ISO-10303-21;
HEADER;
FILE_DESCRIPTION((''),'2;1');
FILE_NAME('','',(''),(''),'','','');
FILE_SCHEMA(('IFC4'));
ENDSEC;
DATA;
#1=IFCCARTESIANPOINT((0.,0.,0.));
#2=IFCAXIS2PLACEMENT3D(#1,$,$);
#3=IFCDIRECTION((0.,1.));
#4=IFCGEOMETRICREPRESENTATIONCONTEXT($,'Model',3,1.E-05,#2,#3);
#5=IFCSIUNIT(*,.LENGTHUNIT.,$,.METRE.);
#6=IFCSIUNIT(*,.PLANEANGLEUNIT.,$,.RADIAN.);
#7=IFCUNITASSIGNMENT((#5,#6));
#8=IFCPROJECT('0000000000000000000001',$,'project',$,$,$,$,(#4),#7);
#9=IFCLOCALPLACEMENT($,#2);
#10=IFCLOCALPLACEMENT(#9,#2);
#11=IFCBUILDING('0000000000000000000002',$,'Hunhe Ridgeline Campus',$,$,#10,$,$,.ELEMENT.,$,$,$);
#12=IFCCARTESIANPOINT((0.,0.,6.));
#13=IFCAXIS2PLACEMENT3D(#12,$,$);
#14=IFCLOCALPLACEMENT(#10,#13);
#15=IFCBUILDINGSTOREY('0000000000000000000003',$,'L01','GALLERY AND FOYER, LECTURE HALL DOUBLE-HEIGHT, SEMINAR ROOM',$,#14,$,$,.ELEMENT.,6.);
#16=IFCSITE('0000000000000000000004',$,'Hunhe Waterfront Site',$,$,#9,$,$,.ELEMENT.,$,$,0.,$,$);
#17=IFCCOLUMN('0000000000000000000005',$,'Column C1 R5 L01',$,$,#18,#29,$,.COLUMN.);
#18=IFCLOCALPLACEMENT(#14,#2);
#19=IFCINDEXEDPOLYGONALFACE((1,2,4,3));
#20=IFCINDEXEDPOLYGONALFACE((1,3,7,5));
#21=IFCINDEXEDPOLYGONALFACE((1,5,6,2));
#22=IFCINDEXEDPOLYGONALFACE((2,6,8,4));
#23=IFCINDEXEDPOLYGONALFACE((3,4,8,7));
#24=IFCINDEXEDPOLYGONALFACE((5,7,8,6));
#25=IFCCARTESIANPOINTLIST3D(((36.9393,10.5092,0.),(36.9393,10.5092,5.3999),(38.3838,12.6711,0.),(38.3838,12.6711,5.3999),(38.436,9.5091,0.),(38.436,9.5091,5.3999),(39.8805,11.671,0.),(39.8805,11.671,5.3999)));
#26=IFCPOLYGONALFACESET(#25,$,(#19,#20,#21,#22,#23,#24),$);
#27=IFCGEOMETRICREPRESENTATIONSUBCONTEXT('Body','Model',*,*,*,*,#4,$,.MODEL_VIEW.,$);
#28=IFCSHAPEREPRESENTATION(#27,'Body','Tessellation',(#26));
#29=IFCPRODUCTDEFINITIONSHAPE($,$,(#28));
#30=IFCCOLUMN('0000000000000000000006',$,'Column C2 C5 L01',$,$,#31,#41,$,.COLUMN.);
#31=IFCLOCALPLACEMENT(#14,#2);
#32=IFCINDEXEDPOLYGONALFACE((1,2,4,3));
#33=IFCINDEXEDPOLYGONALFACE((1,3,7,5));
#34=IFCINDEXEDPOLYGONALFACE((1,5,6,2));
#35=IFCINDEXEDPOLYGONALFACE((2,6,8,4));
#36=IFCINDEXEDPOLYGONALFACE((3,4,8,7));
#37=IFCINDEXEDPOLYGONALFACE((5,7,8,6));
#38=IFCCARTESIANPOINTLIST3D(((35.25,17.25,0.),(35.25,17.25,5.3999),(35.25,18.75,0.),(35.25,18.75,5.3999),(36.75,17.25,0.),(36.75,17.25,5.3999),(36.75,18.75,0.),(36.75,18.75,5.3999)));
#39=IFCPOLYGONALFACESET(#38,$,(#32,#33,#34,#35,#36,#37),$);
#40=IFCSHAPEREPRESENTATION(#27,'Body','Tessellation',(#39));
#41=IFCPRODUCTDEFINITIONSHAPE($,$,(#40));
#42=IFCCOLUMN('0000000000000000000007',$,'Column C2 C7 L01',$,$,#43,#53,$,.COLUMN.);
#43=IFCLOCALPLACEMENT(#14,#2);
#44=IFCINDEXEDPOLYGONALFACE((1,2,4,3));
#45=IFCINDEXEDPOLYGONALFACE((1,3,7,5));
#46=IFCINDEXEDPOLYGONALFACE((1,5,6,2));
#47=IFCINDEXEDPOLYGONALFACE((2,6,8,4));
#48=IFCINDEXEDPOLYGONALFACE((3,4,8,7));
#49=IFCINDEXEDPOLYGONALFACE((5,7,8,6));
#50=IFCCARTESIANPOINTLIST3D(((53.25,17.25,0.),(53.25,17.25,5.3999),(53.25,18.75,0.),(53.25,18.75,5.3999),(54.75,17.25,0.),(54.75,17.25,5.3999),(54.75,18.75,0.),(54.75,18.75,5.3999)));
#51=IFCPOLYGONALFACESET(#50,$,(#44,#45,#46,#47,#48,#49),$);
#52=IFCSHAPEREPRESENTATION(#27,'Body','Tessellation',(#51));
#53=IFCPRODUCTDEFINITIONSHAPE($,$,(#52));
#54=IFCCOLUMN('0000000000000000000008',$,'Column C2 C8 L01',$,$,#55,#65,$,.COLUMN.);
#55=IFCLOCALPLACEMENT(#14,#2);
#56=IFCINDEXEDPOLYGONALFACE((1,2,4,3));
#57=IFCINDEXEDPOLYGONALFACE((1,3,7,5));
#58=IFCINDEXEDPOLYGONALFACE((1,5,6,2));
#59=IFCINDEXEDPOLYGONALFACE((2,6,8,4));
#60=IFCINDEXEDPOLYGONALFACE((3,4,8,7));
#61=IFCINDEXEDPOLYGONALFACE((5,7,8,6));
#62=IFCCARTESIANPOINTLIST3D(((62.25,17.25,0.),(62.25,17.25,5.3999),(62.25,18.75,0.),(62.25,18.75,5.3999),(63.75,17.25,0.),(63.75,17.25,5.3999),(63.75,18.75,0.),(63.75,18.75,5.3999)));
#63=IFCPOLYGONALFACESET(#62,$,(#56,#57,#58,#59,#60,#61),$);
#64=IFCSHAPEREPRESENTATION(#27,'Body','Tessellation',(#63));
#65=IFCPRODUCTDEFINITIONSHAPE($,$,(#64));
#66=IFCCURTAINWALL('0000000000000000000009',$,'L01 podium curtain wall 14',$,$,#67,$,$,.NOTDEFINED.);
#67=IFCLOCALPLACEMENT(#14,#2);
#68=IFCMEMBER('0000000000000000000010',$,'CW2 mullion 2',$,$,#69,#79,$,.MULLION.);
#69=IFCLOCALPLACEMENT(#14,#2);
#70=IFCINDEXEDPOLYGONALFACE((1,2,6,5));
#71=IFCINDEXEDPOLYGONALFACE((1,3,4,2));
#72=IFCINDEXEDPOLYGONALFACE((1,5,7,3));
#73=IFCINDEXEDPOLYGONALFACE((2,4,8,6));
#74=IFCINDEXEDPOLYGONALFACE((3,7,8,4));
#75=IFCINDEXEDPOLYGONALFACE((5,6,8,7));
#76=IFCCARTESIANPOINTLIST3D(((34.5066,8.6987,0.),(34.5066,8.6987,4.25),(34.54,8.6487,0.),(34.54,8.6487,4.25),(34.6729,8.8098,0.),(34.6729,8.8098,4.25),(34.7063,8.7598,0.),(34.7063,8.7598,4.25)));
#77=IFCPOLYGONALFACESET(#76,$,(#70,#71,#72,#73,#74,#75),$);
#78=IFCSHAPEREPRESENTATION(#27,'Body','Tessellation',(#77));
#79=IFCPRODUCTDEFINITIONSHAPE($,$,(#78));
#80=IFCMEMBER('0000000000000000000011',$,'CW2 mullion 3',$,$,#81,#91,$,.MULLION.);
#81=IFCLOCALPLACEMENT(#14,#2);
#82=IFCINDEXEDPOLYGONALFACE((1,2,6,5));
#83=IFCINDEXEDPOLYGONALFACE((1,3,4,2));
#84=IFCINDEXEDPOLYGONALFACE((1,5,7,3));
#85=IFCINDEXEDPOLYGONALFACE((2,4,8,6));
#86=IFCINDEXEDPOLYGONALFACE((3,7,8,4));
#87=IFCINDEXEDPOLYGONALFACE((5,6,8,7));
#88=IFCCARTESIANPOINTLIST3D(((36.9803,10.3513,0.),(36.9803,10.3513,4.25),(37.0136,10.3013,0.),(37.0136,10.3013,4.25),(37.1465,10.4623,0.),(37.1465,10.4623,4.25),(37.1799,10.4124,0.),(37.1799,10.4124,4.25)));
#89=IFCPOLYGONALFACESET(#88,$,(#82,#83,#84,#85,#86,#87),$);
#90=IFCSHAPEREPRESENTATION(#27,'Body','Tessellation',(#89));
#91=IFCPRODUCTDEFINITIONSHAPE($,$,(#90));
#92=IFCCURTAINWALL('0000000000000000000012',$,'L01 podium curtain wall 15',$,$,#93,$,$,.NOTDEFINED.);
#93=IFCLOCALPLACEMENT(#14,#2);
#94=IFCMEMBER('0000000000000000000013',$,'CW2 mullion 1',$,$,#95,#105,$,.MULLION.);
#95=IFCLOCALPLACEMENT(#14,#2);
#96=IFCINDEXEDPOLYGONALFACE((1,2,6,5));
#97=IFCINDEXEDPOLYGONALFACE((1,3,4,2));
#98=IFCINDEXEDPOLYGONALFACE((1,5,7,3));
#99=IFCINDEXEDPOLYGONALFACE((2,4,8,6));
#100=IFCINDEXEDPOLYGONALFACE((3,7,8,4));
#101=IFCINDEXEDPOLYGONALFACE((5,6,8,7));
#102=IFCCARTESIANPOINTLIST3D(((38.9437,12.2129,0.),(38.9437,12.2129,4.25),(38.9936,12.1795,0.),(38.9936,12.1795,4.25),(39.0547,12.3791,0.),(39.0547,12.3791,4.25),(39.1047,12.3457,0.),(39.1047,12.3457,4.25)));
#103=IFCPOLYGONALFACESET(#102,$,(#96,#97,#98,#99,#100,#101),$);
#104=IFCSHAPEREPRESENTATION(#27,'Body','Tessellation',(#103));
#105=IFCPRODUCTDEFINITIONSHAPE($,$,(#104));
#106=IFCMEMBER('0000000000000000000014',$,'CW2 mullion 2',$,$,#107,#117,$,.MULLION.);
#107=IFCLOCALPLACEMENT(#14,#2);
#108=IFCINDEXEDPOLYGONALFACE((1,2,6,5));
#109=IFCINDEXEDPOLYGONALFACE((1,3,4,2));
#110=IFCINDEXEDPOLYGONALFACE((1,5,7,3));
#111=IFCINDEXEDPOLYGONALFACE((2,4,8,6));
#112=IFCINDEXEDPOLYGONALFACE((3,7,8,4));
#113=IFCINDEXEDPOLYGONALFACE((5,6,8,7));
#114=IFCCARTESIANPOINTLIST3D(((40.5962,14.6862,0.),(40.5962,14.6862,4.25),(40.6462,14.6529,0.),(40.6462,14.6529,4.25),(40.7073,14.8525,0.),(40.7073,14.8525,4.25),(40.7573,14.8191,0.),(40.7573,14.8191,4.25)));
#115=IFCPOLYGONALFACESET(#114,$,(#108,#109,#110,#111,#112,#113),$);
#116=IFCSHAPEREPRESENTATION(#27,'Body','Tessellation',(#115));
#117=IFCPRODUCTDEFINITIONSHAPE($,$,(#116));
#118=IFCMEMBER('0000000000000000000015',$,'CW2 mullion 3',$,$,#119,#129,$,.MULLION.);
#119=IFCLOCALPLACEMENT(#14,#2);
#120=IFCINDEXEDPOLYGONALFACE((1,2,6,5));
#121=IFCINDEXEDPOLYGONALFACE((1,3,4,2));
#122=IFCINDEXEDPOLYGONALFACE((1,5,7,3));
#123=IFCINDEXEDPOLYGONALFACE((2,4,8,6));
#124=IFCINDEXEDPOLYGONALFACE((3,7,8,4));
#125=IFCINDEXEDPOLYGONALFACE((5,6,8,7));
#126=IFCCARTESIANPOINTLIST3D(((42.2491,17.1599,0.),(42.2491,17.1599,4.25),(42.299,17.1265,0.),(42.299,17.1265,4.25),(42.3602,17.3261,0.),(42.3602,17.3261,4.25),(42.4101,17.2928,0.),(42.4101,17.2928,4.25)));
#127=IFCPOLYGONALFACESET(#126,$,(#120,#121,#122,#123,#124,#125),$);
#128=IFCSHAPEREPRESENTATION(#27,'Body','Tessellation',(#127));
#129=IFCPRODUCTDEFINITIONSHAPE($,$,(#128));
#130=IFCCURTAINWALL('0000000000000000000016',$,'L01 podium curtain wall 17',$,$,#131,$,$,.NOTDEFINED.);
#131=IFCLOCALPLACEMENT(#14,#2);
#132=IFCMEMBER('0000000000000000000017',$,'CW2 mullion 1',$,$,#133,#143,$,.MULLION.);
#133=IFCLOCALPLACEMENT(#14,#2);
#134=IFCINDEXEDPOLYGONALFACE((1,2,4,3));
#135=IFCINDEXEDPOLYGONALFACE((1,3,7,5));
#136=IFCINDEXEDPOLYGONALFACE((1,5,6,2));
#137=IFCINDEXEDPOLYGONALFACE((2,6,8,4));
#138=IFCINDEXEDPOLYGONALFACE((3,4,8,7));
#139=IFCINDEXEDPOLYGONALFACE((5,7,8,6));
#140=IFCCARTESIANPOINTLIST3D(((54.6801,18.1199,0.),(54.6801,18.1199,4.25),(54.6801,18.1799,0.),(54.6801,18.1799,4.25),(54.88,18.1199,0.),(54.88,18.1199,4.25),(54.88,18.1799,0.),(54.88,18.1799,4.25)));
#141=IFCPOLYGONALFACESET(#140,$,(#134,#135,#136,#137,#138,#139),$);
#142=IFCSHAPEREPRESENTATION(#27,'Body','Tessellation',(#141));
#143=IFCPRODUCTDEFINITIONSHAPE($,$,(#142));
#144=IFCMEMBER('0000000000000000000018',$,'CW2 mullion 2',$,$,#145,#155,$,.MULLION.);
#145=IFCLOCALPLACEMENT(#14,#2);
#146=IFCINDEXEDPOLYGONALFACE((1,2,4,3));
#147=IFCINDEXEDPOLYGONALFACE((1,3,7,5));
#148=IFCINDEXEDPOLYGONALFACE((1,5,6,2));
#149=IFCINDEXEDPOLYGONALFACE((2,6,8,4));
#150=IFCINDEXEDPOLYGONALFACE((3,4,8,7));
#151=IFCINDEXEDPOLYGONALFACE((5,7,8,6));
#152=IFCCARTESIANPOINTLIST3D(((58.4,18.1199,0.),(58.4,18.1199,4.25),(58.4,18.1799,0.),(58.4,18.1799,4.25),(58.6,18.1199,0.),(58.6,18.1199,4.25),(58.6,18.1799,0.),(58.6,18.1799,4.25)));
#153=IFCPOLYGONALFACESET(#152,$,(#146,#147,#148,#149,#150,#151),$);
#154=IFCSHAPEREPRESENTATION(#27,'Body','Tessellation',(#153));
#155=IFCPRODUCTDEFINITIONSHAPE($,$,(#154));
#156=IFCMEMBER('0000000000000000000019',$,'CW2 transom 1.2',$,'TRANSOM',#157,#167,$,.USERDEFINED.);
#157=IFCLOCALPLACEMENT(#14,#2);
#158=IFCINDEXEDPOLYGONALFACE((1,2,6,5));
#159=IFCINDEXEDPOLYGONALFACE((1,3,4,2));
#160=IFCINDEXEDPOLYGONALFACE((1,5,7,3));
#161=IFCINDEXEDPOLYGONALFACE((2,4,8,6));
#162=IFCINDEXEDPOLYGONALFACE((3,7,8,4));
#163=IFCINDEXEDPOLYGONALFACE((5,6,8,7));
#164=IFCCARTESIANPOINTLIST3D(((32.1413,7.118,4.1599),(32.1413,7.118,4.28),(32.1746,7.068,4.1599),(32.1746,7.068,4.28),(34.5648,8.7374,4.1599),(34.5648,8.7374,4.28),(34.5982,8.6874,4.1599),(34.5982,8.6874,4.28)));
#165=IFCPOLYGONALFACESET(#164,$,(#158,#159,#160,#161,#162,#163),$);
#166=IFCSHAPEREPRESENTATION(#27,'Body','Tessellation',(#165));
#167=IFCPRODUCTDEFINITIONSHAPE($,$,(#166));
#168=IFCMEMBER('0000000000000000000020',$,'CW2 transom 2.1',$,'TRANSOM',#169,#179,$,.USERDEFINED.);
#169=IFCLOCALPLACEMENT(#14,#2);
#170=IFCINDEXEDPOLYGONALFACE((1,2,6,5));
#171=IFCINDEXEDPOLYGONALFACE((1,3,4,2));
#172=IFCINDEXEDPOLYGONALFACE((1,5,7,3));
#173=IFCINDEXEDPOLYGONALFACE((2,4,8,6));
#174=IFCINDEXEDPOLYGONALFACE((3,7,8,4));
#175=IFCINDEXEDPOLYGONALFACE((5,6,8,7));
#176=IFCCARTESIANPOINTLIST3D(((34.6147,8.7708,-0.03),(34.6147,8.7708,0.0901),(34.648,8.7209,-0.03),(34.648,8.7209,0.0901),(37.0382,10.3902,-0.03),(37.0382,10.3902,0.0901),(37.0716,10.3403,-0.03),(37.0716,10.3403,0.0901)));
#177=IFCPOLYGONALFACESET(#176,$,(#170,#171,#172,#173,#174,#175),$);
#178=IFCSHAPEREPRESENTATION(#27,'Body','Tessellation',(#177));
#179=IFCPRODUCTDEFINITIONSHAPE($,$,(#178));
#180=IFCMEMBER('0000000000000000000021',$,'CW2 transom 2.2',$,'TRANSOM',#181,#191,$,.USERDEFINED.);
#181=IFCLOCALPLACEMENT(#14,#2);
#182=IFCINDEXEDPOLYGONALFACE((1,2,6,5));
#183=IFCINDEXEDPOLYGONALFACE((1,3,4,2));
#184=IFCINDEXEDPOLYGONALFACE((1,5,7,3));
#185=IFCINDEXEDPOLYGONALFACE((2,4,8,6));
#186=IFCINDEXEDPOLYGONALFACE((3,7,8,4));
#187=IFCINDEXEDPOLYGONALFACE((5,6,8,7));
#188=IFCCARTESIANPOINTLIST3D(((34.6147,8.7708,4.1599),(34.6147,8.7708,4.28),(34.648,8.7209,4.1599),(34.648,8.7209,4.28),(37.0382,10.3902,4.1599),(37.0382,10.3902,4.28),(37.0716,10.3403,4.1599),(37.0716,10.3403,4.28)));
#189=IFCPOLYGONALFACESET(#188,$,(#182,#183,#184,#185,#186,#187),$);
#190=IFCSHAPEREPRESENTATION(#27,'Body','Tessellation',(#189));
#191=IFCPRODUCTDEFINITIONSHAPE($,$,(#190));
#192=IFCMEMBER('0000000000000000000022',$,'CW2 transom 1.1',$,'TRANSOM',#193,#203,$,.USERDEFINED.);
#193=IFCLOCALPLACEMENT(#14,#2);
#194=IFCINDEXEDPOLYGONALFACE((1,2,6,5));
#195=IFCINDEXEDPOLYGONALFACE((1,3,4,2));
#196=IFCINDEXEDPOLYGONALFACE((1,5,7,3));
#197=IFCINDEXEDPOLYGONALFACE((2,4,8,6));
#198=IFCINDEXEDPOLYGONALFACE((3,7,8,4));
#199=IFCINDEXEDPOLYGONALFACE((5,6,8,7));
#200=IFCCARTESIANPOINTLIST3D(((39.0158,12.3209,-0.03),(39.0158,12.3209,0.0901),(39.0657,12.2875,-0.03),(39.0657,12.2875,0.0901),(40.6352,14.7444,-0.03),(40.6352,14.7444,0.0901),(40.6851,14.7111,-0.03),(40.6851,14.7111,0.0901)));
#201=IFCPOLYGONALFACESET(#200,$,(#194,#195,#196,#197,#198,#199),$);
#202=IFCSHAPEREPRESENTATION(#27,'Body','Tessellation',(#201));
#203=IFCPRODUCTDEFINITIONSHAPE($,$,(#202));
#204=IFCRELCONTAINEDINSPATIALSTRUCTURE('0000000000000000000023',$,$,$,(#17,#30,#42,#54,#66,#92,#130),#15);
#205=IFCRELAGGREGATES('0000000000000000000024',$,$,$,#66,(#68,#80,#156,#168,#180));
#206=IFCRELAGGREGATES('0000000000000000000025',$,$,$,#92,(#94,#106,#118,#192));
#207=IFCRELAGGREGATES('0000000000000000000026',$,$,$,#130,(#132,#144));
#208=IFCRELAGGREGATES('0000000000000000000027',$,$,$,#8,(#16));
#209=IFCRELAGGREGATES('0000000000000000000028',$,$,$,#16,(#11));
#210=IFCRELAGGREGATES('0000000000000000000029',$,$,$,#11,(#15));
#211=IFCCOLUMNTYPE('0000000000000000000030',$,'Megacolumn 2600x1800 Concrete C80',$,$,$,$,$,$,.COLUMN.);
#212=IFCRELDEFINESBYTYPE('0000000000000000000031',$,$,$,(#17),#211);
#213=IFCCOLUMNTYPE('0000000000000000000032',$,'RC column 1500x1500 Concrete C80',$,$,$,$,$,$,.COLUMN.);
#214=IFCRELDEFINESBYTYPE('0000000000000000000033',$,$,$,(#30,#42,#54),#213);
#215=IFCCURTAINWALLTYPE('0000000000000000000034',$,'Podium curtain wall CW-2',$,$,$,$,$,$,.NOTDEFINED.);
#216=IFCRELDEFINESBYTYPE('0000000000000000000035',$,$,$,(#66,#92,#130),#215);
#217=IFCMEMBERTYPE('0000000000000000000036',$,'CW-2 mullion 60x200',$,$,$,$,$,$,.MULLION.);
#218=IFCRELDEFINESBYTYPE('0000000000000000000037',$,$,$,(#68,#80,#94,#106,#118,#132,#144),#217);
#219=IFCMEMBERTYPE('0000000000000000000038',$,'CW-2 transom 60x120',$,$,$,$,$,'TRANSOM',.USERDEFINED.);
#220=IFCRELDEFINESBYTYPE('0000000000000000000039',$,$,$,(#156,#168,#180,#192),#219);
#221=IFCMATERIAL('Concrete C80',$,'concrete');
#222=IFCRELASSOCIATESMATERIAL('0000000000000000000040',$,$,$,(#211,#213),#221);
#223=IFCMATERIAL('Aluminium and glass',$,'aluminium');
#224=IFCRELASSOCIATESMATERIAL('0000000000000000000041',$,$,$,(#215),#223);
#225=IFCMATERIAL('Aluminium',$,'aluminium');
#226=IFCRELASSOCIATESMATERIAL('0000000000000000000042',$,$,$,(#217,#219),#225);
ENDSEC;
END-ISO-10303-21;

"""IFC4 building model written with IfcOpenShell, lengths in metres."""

from ifc_helpers import new_model, si_unit, direction, frame, origin, origin_2d, place, context, subcontext, project, spatial, rectangle, extrude, material, material_profile, profile_set, type_object, element, aggregate, save


model = new_model("IFC4")

# Units and contexts
model_context = context("Model", 3, precision=1e-05, world=origin(), true_north=direction((0.0, 1.0)))
body_context = subcontext(model_context, "Body", "Model", "MODEL_VIEW")
ifc_project = project(units=[si_unit("LENGTHUNIT", "METRE"), si_unit("PLANEANGLEUNIT", "RADIAN")], contexts=[model_context])

# Site, building, storey
site_placement = place(None, origin())
site = spatial("IfcSite", under=ifc_project, at=site_placement, Name="Hunhe Waterfront Site", CompositionType="ELEMENT", RefElevation=0.0)
building_placement = place(site_placement, origin())
building = spatial("IfcBuilding", under=site, at=building_placement, Name="Hunhe Ridgeline Campus", CompositionType="ELEMENT")
storey_placement = place(building_placement, frame((0.0, 0.0, 6.0)))
storey = spatial("IfcBuildingStorey", under=building, at=storey_placement, Name="L01", Description="GALLERY AND FOYER, LECTURE HALL DOUBLE-HEIGHT, SEMINAR ROOM", CompositionType="ELEMENT", Elevation=6.0)

# Columns
ifc_material_1 = material(Name="Concrete C80", Category="concrete")
ifc_material_profile_1 = material_profile(ifc_material_1, rectangle(XDim=2.6001, YDim=1.8, at=origin_2d()))
ifc_profile_set_1 = profile_set([ifc_material_profile_1], Name="Concrete C80")
column_type_1 = type_object("IfcColumnType", Name="Megacolumn 2600x1800 Concrete C80", PredefinedType="COLUMN", material=ifc_profile_set_1)
column_placement = place(storey_placement, frame((38.4099, 11.0901, 0.0), z_axis=(0.0, 0.0, 1.0), x_axis=(0.55557, 0.83147, 0.0)))
element("IfcColumn", 1, at=column_placement, inside=storey, type_object=column_type_1, Name="Column C1 R5 L01", PredefinedType="COLUMN", context=body_context, shape_type="SweptSolid", body=[
    extrude(rectangle(XDim=2.6001, YDim=1.8, at=origin_2d()), origin(), (0.0, 0.0, 1.0), 5.3999),
])
ifc_material_profile_2 = material_profile(ifc_material_1, rectangle(XDim=1.5, YDim=1.5, at=origin_2d()))
ifc_profile_set_2 = profile_set([ifc_material_profile_2], Name="Concrete C80")
column_type_2 = type_object("IfcColumnType", Name="RC column 1500x1500 Concrete C80", PredefinedType="COLUMN", material=ifc_profile_set_2)
for number, where, z_axis, x_axis, name in (
    (2, (36.0, 18.0, 0.0), (0.0, 0.0, 1.0), (1.0, 0.0, 0.0), "Column C2 C5 L01"),
    (3, (54.0, 18.0, 0.0), (0.0, 0.0, 1.0), (1.0, 0.0, 0.0), "Column C2 C7 L01"),
    (4, (63.0, 18.0, 0.0), (0.0, 0.0, 1.0), (1.0, 0.0, 0.0), "Column C2 C8 L01"),
):
    element("IfcColumn", number, at=place(storey_placement, frame(where, z_axis=z_axis, x_axis=x_axis)), inside=storey, type_object=column_type_2, Name=name, PredefinedType="COLUMN", context=body_context, shape_type="SweptSolid", body=[
        extrude(rectangle(XDim=1.5, YDim=1.5, at=origin_2d()), origin(), (0.0, 0.0, 1.0), 5.3999),
    ])

# Curtain walls, members
ifc_material_2 = material(Name="Aluminium and glass", Category="aluminium")
curtain_wall_type = type_object("IfcCurtainWallType", Name="Podium curtain wall CW-2", PredefinedType="NOTDEFINED", material=ifc_material_2)
curtain_wall_1_placement = place(storey_placement, origin())
curtain_wall_1 = element("IfcCurtainWall", 5, at=curtain_wall_1_placement, inside=storey, type_object=curtain_wall_type, Name="L01 podium curtain wall 14", PredefinedType="NOTDEFINED")
ifc_material_3 = material(Name="Aluminium", Category="aluminium")
ifc_material_profile_3 = material_profile(ifc_material_3, rectangle(XDim=0.0601, YDim=0.2, at=origin_2d()))
ifc_profile_set_3 = profile_set([ifc_material_profile_3], Name="Aluminium")
member_type_1 = type_object("IfcMemberType", Name="CW-2 mullion 60x200", PredefinedType="MULLION", material=ifc_profile_set_3)
member_1_placement = place(storey_placement, frame((34.6064, 8.7292, 0.0), z_axis=(0.0, 0.0, 1.0), x_axis=(-0.555579, 0.831464, 0.0)))
member_1 = element("IfcMember", 6, at=member_1_placement, type_object=member_type_1, Name="CW2 mullion 2", PredefinedType="MULLION", context=body_context, shape_type="SweptSolid", body=[
    extrude(rectangle(XDim=0.0601, YDim=0.2, at=origin_2d()), origin(), (0.0, 0.0, 1.0), 4.25),
])
member_2_placement = place(storey_placement, frame((37.0801, 10.3818, 0.0), z_axis=(0.0, 0.0, 1.0), x_axis=(-0.555579, 0.831464, 0.0)))
member_2 = element("IfcMember", 7, at=member_2_placement, type_object=member_type_1, Name="CW2 mullion 3", PredefinedType="MULLION", context=body_context, shape_type="SweptSolid", body=[
    extrude(rectangle(XDim=0.0601, YDim=0.2, at=origin_2d()), origin(), (0.0, 0.0, 1.0), 4.25),
])
curtain_wall_2_placement = place(storey_placement, origin())
curtain_wall_2 = element("IfcCurtainWall", 8, at=curtain_wall_2_placement, inside=storey, type_object=curtain_wall_type, Name="L01 podium curtain wall 15", PredefinedType="NOTDEFINED")
member_3_placement = place(storey_placement, frame((39.0242, 12.2793, 0.0), z_axis=(0.0, 0.0, 1.0), x_axis=(-0.831469, 0.555572, 0.0)))
member_3 = element("IfcMember", 9, at=member_3_placement, type_object=member_type_1, Name="CW2 mullion 1", PredefinedType="MULLION", context=body_context, shape_type="SweptSolid", body=[
    extrude(rectangle(XDim=0.0601, YDim=0.2, at=origin_2d()), origin(), (0.0, 0.0, 1.0), 4.25),
])
member_4_placement = place(storey_placement, frame((40.6768, 14.7527, 0.0), z_axis=(0.0, 0.0, 1.0), x_axis=(-0.831469, 0.555572, 0.0)))
member_4 = element("IfcMember", 10, at=member_4_placement, type_object=member_type_1, Name="CW2 mullion 2", PredefinedType="MULLION", context=body_context, shape_type="SweptSolid", body=[
    extrude(rectangle(XDim=0.0601, YDim=0.2, at=origin_2d()), origin(), (0.0, 0.0, 1.0), 4.25),
])
member_5_placement = place(storey_placement, frame((42.3296, 17.2263, 0.0), z_axis=(0.0, 0.0, 1.0), x_axis=(-0.831469, 0.555572, 0.0)))
member_5 = element("IfcMember", 11, at=member_5_placement, type_object=member_type_1, Name="CW2 mullion 3", PredefinedType="MULLION", context=body_context, shape_type="SweptSolid", body=[
    extrude(rectangle(XDim=0.0601, YDim=0.2, at=origin_2d()), origin(), (0.0, 0.0, 1.0), 4.25),
])
curtain_wall_3_placement = place(storey_placement, origin())
curtain_wall_3 = element("IfcCurtainWall", 12, at=curtain_wall_3_placement, inside=storey, type_object=curtain_wall_type, Name="L01 podium curtain wall 17", PredefinedType="NOTDEFINED")
member_6_placement = place(storey_placement, frame((54.78, 18.1499, 0.0), z_axis=(0.0, 0.0, 1.0), x_axis=(0.0, 1.0, 0.0)))
member_6 = element("IfcMember", 13, at=member_6_placement, type_object=member_type_1, Name="CW2 mullion 1", PredefinedType="MULLION", context=body_context, shape_type="SweptSolid", body=[
    extrude(rectangle(XDim=0.0601, YDim=0.2, at=origin_2d()), origin(), (0.0, 0.0, 1.0), 4.25),
])
member_7_placement = place(storey_placement, frame((58.5, 18.1499, 0.0), z_axis=(0.0, 0.0, 1.0), x_axis=(0.0, 1.0, 0.0)))
member_7 = element("IfcMember", 14, at=member_7_placement, type_object=member_type_1, Name="CW2 mullion 2", PredefinedType="MULLION", context=body_context, shape_type="SweptSolid", body=[
    extrude(rectangle(XDim=0.0601, YDim=0.2, at=origin_2d()), origin(), (0.0, 0.0, 1.0), 4.25),
])

# Members
ifc_material_profile_4 = material_profile(ifc_material_3, rectangle(XDim=0.0601, YDim=0.1201, at=origin_2d()))
ifc_profile_set_4 = profile_set([ifc_material_profile_4], Name="Aluminium")
member_type_2 = type_object("IfcMemberType", Name="CW-2 transom 60x120", ElementType="TRANSOM", PredefinedType="USERDEFINED", material=ifc_profile_set_4)
member_8_placement = place(storey_placement, frame((32.158, 7.093, 4.22), z_axis=(0.83147, 0.55557, 0.0), x_axis=(-0.55557, 0.83147, 0.0)))
member_8 = element("IfcMember", 15, at=member_8_placement, type_object=member_type_2, Name="CW2 transom 1.2", ObjectType="TRANSOM", PredefinedType="USERDEFINED", context=body_context, shape_type="SweptSolid", body=[
    extrude(rectangle(XDim=0.0601, YDim=0.1201, at=origin_2d()), origin(), (0.0, 0.0, 1.0), 2.9148),
])
member_9_placement = place(storey_placement, frame((34.6313, 8.7458, 0.03), z_axis=(0.83147, 0.55557, 0.0), x_axis=(-0.55557, 0.83147, 0.0)))
member_9 = element("IfcMember", 16, at=member_9_placement, type_object=member_type_2, Name="CW2 transom 2.1", ObjectType="TRANSOM", PredefinedType="USERDEFINED", context=body_context, shape_type="SweptSolid", body=[
    extrude(rectangle(XDim=0.0601, YDim=0.1201, at=origin_2d()), origin(), (0.0, 0.0, 1.0), 2.9148),
])
member_10_placement = place(storey_placement, frame((34.6313, 8.7458, 4.22), z_axis=(0.83147, 0.55557, 0.0), x_axis=(-0.55557, 0.83147, 0.0)))
member_10 = element("IfcMember", 17, at=member_10_placement, type_object=member_type_2, Name="CW2 transom 2.2", ObjectType="TRANSOM", PredefinedType="USERDEFINED", context=body_context, shape_type="SweptSolid", body=[
    extrude(rectangle(XDim=0.0601, YDim=0.1201, at=origin_2d()), origin(), (0.0, 0.0, 1.0), 2.9148),
])
member_11_placement = place(storey_placement, frame((39.0408, 12.3042, 0.03), z_axis=(0.55557, 0.83147, 0.0), x_axis=(-0.83147, 0.55557, 0.0)))
member_11 = element("IfcMember", 18, at=member_11_placement, type_object=member_type_2, Name="CW2 transom 1.1", ObjectType="TRANSOM", PredefinedType="USERDEFINED", context=body_context, shape_type="SweptSolid", body=[
    extrude(rectangle(XDim=0.0601, YDim=0.1201, at=origin_2d()), origin(), (0.0, 0.0, 1.0), 2.9148),
])

aggregate(curtain_wall_1, [member_1, member_2, member_8, member_9, member_10])
aggregate(curtain_wall_2, [member_3, member_4, member_5, member_11])
aggregate(curtain_wall_3, [member_6, member_7])

save(model, "model.ifc")
